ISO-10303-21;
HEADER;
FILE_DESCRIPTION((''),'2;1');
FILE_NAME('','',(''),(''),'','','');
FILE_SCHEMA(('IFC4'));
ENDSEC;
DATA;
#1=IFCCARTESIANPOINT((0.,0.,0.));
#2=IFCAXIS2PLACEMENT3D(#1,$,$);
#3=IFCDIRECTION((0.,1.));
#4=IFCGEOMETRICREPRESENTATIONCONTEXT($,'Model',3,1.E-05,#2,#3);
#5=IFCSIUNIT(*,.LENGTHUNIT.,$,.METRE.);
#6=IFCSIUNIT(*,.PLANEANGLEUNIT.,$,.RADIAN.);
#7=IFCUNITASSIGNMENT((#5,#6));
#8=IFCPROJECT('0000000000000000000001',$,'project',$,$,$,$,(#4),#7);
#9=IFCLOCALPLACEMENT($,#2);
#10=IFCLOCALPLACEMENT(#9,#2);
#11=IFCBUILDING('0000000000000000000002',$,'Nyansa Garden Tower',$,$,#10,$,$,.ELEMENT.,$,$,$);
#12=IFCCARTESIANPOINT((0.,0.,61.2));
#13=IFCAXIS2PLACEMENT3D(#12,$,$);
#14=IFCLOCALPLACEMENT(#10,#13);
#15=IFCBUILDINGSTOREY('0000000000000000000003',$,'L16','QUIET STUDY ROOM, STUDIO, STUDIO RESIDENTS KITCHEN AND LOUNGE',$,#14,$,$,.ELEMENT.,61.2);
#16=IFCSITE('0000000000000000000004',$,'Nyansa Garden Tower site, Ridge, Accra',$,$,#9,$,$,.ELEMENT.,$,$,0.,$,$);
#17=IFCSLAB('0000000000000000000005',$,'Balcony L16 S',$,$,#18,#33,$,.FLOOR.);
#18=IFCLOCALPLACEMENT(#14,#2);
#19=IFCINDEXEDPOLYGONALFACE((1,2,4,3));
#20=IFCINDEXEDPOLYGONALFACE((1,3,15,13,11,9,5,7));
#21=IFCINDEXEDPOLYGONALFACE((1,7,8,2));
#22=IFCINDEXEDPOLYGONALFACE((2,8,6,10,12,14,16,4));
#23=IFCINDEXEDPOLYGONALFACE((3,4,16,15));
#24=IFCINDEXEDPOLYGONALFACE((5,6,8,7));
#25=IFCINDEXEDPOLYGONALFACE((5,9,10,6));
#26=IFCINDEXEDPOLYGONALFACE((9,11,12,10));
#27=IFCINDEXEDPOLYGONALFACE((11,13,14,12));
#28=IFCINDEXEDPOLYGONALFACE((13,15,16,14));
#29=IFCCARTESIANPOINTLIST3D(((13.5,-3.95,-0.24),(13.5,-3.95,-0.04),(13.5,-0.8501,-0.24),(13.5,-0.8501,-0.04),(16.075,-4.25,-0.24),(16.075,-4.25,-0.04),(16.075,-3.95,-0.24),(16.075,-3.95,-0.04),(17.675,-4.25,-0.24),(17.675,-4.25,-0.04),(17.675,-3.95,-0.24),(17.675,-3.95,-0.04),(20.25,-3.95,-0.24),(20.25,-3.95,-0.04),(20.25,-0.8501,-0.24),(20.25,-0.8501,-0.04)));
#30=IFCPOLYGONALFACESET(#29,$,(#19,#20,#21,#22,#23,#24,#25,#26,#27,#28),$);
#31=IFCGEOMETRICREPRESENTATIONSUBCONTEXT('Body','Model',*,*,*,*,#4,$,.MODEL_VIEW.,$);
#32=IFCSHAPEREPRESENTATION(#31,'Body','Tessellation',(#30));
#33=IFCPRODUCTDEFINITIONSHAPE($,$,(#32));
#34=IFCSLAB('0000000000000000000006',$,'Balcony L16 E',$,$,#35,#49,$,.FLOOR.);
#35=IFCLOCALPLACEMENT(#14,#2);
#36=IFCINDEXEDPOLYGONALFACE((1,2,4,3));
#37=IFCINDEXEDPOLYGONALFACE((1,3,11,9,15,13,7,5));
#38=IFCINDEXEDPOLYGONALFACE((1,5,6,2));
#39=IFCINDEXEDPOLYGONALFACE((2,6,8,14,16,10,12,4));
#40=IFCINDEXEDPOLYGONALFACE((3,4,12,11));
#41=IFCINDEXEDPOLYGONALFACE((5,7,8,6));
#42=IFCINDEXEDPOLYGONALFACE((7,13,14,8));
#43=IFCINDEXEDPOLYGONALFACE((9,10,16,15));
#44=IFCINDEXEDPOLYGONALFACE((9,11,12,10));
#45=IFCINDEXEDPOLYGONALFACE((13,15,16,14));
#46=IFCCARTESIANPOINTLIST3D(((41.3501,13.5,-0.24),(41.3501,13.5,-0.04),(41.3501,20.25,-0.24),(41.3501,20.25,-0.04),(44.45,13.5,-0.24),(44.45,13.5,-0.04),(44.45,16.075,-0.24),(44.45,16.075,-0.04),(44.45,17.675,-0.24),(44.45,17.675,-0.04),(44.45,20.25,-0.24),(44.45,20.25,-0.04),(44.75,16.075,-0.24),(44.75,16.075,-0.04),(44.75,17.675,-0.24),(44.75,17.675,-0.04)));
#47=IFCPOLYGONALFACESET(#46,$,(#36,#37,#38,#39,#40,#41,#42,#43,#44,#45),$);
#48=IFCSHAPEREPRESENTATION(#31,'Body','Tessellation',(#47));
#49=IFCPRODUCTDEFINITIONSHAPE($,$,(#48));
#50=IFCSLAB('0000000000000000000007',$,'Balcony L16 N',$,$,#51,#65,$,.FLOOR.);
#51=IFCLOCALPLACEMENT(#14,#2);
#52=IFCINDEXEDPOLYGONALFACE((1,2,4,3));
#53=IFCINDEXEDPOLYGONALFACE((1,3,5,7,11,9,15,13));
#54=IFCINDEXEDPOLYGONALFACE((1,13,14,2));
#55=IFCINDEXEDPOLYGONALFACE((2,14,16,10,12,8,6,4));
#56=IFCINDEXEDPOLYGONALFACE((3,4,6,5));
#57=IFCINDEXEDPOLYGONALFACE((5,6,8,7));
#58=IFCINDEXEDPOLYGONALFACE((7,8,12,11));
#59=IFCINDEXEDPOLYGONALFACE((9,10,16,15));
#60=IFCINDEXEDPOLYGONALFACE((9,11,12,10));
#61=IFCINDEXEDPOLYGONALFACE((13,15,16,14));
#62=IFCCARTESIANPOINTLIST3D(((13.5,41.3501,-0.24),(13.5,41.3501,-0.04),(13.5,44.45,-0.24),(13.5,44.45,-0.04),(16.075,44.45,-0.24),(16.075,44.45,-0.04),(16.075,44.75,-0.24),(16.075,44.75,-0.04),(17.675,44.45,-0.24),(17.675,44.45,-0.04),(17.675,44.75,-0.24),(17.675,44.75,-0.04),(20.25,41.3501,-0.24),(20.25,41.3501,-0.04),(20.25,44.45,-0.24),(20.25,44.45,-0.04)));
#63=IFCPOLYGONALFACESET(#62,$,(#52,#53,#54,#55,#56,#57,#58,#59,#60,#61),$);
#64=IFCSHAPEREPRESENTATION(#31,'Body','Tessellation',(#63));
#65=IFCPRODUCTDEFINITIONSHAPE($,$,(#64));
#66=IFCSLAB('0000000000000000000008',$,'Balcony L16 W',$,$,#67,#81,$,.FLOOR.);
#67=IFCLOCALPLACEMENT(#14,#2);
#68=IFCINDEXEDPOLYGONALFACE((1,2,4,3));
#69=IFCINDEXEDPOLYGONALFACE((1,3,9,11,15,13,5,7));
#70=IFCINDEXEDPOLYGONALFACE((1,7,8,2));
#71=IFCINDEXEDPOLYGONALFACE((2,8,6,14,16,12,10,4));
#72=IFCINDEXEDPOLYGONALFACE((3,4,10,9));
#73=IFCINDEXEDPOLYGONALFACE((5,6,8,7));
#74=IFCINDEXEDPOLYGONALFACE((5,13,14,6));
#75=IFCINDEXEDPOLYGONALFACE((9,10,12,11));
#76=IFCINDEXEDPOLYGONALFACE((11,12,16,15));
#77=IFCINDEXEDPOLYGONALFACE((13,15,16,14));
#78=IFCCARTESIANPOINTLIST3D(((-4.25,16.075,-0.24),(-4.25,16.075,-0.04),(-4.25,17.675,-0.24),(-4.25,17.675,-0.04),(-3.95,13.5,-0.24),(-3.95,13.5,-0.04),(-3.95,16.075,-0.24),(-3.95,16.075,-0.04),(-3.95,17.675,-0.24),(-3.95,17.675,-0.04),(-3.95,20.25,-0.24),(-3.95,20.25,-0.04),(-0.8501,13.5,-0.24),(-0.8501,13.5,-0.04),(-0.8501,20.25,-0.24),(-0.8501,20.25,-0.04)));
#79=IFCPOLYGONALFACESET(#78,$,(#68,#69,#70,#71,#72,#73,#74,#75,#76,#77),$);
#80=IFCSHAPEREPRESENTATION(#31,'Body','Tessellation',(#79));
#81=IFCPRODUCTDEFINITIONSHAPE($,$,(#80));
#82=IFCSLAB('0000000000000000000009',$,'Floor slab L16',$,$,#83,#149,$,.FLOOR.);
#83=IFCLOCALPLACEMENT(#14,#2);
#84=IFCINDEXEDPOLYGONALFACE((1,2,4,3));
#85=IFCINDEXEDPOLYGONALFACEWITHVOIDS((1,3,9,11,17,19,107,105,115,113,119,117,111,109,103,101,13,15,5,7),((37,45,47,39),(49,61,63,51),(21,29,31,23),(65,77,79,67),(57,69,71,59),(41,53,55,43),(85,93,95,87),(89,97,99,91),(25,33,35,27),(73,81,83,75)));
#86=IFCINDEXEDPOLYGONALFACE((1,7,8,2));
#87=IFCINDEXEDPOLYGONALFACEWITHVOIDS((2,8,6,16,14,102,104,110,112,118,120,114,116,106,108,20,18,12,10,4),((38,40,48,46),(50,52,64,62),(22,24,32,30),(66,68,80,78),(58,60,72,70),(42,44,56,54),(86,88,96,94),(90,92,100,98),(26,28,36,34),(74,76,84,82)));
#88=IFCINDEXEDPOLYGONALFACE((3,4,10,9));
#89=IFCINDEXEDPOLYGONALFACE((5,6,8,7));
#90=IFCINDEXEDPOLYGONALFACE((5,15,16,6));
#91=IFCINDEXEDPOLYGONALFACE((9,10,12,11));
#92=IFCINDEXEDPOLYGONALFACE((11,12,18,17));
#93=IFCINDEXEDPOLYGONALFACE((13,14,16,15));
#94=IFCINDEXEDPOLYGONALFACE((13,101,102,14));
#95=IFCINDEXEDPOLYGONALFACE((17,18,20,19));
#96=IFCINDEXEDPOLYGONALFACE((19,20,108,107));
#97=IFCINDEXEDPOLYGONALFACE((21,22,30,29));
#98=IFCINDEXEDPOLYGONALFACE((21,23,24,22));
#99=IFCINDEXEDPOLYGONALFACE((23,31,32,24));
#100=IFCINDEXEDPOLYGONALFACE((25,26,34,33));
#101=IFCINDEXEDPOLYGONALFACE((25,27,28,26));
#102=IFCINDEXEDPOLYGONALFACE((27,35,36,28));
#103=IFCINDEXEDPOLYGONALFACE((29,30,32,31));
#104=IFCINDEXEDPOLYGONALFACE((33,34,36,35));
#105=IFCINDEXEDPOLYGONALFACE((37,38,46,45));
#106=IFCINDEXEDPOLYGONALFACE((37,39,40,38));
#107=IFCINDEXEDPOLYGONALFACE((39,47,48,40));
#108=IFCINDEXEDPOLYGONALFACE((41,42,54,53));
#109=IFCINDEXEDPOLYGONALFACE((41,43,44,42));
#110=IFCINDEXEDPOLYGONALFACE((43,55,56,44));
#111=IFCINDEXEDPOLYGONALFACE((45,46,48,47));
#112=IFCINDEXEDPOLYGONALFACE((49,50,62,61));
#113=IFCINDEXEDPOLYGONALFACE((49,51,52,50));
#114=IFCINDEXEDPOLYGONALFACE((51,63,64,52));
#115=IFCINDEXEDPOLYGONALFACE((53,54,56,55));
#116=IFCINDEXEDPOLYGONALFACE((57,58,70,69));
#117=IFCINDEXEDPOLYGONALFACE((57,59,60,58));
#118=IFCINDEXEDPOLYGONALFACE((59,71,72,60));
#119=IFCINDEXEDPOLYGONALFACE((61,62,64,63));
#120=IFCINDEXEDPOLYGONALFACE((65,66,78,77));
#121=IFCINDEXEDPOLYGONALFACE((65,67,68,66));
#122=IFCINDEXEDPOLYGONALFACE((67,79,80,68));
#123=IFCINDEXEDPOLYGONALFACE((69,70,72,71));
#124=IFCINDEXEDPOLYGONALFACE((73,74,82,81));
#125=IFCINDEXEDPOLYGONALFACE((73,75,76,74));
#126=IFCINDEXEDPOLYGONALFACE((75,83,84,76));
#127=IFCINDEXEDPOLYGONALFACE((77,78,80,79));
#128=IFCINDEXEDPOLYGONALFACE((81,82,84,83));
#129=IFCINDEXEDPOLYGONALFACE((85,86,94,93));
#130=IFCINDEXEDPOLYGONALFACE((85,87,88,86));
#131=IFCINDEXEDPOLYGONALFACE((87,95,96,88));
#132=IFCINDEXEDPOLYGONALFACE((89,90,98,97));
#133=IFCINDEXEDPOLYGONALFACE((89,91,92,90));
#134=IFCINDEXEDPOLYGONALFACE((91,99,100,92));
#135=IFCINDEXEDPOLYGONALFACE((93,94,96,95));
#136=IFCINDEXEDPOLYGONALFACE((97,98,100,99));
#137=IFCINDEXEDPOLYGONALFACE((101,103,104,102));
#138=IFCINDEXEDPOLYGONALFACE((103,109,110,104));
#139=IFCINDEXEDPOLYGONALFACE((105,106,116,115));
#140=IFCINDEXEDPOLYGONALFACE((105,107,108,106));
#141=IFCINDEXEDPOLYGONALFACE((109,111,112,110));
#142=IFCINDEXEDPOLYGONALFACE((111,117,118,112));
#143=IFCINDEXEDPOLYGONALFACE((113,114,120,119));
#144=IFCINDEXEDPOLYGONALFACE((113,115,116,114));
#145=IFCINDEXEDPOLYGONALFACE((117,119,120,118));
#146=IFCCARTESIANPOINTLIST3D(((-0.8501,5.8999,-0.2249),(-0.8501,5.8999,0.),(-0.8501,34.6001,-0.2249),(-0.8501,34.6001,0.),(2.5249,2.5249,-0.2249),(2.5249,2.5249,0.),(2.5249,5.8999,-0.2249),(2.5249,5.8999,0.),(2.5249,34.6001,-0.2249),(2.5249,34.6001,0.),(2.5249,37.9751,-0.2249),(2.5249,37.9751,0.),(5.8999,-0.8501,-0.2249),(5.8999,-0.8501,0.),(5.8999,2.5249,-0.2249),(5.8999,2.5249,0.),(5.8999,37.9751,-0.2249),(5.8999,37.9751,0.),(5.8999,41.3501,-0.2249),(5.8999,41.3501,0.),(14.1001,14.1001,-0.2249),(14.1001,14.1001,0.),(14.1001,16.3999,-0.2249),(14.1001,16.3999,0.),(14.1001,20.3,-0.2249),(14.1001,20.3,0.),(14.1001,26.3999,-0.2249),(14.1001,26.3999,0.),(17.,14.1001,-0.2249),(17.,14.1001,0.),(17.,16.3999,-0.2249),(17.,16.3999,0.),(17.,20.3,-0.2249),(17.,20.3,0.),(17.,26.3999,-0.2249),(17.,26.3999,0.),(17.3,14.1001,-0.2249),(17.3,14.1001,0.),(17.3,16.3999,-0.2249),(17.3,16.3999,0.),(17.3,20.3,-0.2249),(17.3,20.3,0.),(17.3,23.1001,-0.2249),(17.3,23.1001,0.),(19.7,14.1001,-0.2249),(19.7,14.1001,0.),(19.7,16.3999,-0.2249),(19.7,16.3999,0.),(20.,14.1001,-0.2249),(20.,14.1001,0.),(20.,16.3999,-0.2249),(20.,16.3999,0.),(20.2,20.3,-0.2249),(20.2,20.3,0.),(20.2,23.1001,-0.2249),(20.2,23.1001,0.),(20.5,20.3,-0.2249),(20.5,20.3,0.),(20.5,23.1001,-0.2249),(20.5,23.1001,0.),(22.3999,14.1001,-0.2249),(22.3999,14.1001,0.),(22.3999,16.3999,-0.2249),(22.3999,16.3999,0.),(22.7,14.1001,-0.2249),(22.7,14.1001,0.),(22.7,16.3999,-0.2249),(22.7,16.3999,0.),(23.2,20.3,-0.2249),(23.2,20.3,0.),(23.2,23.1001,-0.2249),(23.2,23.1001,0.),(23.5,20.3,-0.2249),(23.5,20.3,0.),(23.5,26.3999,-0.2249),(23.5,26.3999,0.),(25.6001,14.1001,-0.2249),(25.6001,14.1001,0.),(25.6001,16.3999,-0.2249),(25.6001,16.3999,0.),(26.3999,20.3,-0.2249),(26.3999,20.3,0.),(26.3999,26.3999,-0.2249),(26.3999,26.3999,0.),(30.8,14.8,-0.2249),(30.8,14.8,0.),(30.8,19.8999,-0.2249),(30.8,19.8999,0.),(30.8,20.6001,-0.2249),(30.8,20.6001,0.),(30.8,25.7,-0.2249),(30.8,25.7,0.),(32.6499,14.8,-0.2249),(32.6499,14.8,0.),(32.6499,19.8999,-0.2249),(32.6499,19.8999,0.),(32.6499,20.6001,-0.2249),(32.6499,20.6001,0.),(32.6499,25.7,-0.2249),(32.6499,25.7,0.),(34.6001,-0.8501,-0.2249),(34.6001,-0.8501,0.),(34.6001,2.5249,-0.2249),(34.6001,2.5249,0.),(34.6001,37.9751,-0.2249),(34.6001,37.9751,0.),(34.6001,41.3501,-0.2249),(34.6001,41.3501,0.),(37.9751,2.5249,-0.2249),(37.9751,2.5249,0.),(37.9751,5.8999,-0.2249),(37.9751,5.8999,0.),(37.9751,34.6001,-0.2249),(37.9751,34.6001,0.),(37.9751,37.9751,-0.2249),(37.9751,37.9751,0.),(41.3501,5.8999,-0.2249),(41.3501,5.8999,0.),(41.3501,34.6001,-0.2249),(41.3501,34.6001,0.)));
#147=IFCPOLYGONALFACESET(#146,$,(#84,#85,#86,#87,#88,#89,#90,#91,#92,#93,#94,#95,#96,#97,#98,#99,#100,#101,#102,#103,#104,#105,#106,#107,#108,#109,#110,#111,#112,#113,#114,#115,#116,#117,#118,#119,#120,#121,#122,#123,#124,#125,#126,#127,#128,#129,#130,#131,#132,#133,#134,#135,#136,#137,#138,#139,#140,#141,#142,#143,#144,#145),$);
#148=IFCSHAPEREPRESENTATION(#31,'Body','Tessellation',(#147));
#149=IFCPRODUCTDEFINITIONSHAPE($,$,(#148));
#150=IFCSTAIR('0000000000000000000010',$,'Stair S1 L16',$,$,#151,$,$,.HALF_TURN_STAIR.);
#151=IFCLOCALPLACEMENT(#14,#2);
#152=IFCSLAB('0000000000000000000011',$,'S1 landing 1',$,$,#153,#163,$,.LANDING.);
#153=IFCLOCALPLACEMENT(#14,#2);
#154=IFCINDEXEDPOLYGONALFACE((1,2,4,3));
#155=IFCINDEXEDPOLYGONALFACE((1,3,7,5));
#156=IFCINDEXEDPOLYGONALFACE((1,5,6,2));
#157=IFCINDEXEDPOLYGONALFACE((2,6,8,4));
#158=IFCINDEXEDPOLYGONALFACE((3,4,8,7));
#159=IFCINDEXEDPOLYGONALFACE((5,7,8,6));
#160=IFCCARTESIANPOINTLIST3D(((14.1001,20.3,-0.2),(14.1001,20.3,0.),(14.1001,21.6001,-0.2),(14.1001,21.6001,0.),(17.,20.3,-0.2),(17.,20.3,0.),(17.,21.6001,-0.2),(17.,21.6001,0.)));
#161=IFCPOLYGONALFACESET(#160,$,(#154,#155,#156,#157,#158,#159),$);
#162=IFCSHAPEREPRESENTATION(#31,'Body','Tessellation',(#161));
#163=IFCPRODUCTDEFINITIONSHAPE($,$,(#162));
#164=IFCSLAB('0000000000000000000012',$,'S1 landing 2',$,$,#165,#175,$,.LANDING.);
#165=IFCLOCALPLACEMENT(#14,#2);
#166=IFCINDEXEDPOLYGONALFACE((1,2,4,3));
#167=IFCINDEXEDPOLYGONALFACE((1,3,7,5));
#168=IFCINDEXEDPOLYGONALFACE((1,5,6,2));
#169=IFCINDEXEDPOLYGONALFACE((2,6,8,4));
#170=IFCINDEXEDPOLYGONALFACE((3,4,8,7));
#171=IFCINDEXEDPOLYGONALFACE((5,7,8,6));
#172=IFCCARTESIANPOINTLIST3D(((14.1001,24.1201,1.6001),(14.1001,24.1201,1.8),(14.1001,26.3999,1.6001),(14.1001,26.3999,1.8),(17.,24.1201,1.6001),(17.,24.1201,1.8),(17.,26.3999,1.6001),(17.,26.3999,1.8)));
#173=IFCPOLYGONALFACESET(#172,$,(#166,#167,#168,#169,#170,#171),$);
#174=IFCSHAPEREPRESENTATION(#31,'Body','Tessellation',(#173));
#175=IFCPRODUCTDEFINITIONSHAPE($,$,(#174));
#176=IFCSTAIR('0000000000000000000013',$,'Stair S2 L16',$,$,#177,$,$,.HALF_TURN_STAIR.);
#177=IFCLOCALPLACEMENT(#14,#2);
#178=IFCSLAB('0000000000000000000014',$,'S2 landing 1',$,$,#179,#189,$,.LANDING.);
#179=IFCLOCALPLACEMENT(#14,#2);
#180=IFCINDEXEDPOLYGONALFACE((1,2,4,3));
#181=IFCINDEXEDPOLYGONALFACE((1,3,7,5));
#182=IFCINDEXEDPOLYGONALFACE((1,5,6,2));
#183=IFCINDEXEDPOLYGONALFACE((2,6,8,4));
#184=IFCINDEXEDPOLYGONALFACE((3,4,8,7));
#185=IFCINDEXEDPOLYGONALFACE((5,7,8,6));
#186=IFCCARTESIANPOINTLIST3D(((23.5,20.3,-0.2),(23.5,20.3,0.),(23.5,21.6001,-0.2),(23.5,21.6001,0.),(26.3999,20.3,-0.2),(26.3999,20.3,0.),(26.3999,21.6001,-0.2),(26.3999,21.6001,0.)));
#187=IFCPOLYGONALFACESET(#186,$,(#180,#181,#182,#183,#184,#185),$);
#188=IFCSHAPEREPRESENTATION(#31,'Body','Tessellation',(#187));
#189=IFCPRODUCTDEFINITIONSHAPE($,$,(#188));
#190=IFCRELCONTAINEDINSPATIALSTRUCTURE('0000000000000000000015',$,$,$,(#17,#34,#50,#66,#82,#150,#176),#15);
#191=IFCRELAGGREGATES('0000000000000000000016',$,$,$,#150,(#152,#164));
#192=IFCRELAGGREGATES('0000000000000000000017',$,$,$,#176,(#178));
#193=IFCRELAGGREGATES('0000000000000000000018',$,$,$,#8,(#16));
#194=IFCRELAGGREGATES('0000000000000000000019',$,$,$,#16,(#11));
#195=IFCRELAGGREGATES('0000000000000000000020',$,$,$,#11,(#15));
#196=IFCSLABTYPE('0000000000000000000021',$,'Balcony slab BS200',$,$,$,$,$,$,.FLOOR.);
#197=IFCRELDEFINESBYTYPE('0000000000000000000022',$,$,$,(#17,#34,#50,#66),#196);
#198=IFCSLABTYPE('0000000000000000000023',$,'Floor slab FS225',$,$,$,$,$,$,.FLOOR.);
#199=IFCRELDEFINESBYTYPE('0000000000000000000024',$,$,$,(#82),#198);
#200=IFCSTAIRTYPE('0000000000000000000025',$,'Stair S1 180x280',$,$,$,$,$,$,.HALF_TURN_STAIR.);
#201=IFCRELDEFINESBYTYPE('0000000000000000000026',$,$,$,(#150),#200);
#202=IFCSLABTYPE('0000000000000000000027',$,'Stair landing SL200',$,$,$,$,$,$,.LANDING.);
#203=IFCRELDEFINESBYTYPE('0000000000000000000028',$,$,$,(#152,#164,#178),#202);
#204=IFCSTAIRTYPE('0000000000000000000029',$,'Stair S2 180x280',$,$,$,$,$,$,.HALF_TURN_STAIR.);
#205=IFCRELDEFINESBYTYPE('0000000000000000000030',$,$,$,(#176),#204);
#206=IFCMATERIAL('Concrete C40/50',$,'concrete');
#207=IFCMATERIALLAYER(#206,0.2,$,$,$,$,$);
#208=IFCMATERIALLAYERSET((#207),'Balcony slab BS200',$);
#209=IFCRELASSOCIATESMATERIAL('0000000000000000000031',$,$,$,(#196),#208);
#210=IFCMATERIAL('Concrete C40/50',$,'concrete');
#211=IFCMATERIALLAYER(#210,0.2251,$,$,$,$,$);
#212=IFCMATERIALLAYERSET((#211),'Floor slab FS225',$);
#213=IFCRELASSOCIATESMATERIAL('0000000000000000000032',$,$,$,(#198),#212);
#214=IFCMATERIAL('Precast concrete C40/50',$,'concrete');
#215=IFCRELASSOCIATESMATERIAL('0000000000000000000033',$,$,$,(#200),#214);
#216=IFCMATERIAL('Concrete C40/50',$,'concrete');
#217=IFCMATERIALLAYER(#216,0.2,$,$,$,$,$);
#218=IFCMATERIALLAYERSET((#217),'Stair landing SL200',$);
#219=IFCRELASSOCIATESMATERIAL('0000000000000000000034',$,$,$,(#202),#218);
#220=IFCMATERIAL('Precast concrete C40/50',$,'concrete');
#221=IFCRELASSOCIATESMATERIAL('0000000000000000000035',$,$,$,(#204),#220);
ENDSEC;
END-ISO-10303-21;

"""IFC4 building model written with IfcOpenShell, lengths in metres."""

from ifc_helpers import new_model, si_unit, direction, frame, origin, place, context, subcontext, project, spatial, polyline, outline, extrude, material, layer, layer_set, type_object, element, aggregate, save


model = new_model("IFC4")

# Units and contexts
model_context = context("Model", 3, precision=1e-05, world=origin(), true_north=direction((0.0, 1.0)))
body_context = subcontext(model_context, "Body", "Model", "MODEL_VIEW")
ifc_project = project(units=[si_unit("LENGTHUNIT", "METRE"), si_unit("PLANEANGLEUNIT", "RADIAN")], contexts=[model_context])

# Site, building, storey
site_placement = place(None, origin())
site = spatial("IfcSite", under=ifc_project, at=site_placement, Name="Nyansa Garden Tower site, Ridge, Accra", CompositionType="ELEMENT", RefElevation=0.0)
building_placement = place(site_placement, origin())
building = spatial("IfcBuilding", under=site, at=building_placement, Name="Nyansa Garden Tower", CompositionType="ELEMENT")
storey_placement = place(building_placement, frame((0.0, 0.0, 61.2)))
storey = spatial("IfcBuildingStorey", under=building, at=storey_placement, Name="L16", Description="QUIET STUDY ROOM, STUDIO, STUDIO RESIDENTS KITCHEN AND LOUNGE", CompositionType="ELEMENT", Elevation=61.2)

# Slabs
ifc_material_1 = material(Name="Concrete C40/50", Category="concrete")
ifc_layer_1 = layer(ifc_material_1, 0.2)
ifc_layer_set_1 = layer_set([ifc_layer_1], Name="Balcony slab BS200")
slab_type_1 = type_object("IfcSlabType", Name="Balcony slab BS200", PredefinedType="FLOOR", material=ifc_layer_set_1)
slab_1_placement = place(storey_placement, frame((0.0, 0.0, -0.24)))
element("IfcSlab", 1, at=slab_1_placement, inside=storey, type_object=slab_type_1, Name="Balcony L16 S", PredefinedType="FLOOR", context=body_context, shape_type="SweptSolid", body=[
    extrude(outline(polyline([(13.5, -0.8501), (20.25, -0.8501), (20.25, -3.95), (17.675, -3.95), (17.675, -4.25), (16.075, -4.25), (16.075, -3.95), (13.5, -3.95), (13.5, -0.8501)])), origin(), (0.0, 0.0, 1.0), 0.2),
])
slab_2_placement = place(storey_placement, frame((0.0, 0.0, -0.24)))
element("IfcSlab", 2, at=slab_2_placement, inside=storey, type_object=slab_type_1, Name="Balcony L16 E", PredefinedType="FLOOR", context=body_context, shape_type="SweptSolid", body=[
    extrude(outline(polyline([(41.3501, 13.5), (41.3501, 20.25), (44.45, 20.25), (44.45, 17.675), (44.75, 17.675), (44.75, 16.075), (44.45, 16.075), (44.45, 13.5), (41.3501, 13.5)])), origin(), (0.0, 0.0, 1.0), 0.2),
])
slab_3_placement = place(storey_placement, frame((0.0, 0.0, -0.24)))
element("IfcSlab", 3, at=slab_3_placement, inside=storey, type_object=slab_type_1, Name="Balcony L16 N", PredefinedType="FLOOR", context=body_context, shape_type="SweptSolid", body=[
    extrude(outline(polyline([(13.5, 41.3501), (20.25, 41.3501), (20.25, 44.45), (17.675, 44.45), (17.675, 44.75), (16.075, 44.75), (16.075, 44.45), (13.5, 44.45), (13.5, 41.3501)])), origin(), (0.0, 0.0, 1.0), 0.2),
])
slab_4_placement = place(storey_placement, frame((0.0, 0.0, -0.24)))
element("IfcSlab", 4, at=slab_4_placement, inside=storey, type_object=slab_type_1, Name="Balcony L16 W", PredefinedType="FLOOR", context=body_context, shape_type="SweptSolid", body=[
    extrude(outline(polyline([(-0.8501, 13.5), (-0.8501, 20.25), (-3.95, 20.25), (-3.95, 17.675), (-4.25, 17.675), (-4.25, 16.075), (-3.95, 16.075), (-3.95, 13.5), (-0.8501, 13.5)])), origin(), (0.0, 0.0, 1.0), 0.2),
])
ifc_material_2 = material(Name="Concrete C40/50", Category="concrete")
ifc_layer_2 = layer(ifc_material_2, 0.2251)
ifc_layer_set_2 = layer_set([ifc_layer_2], Name="Floor slab FS225")
slab_type_2 = type_object("IfcSlabType", Name="Floor slab FS225", PredefinedType="FLOOR", material=ifc_layer_set_2)
slab_5_placement = place(storey_placement, frame((0.0, 0.0, -0.2249)))
element("IfcSlab", 5, at=slab_5_placement, inside=storey, type_object=slab_type_2, Name="Floor slab L16", PredefinedType="FLOOR", context=body_context, shape_type="SweptSolid", body=[
    extrude(outline(polyline([(41.3501, 5.8999), (37.9751, 5.8999), (37.9751, 2.5249), (34.6001, 2.5249), (34.6001, -0.8501), (5.8999, -0.8501), (5.8999, 2.5249), (2.5249, 2.5249), (2.5249, 5.8999), (-0.8501, 5.8999), (-0.8501, 34.6001), (2.5249, 34.6001), (2.5249, 37.9751), (5.8999, 37.9751), (5.8999, 41.3501), (34.6001, 41.3501), (34.6001, 37.9751), (37.9751, 37.9751), (37.9751, 34.6001), (41.3501, 34.6001), (41.3501, 5.8999)]), holes=[polyline([(14.1001, 14.1001), (17.0, 14.1001), (17.0, 16.3999), (14.1001, 16.3999), (14.1001, 14.1001)]), polyline([(17.3, 14.1001), (19.7, 14.1001), (19.7, 16.3999), (17.3, 16.3999), (17.3, 14.1001)]), polyline([(20.0, 14.1001), (22.3999, 14.1001), (22.3999, 16.3999), (20.0, 16.3999), (20.0, 14.1001)]), polyline([(22.7, 14.1001), (25.6001, 14.1001), (25.6001, 16.3999), (22.7, 16.3999), (22.7, 14.1001)]), polyline([(17.3, 20.3), (20.2, 20.3), (20.2, 23.1001), (17.3, 23.1001), (17.3, 20.3)]), polyline([(20.5, 20.3), (23.2, 20.3), (23.2, 23.1001), (20.5, 23.1001), (20.5, 20.3)]), polyline([(30.8, 14.8), (32.6499, 14.8), (32.6499, 19.8999), (30.8, 19.8999), (30.8, 14.8)]), polyline([(30.8, 20.6001), (32.6499, 20.6001), (32.6499, 25.7), (30.8, 25.7), (30.8, 20.6001)]), polyline([(14.1001, 20.3), (17.0, 20.3), (17.0, 26.3999), (14.1001, 26.3999), (14.1001, 20.3)]), polyline([(23.5, 20.3), (26.3999, 20.3), (26.3999, 26.3999), (23.5, 26.3999), (23.5, 20.3)])]), origin(), (0.0, 0.0, 1.0), 0.2249),
])

# Stair, slabs
ifc_material_3 = material(Name="Precast concrete C40/50", Category="concrete")
stair_type_1 = type_object("IfcStairType", Name="Stair S1 180x280", PredefinedType="HALF_TURN_STAIR", material=ifc_material_3)
stair_1_placement = place(storey_placement, origin())
stair_1 = element("IfcStair", 6, at=stair_1_placement, inside=storey, type_object=stair_type_1, Name="Stair S1 L16", PredefinedType="HALF_TURN_STAIR")
ifc_material_4 = material(Name="Concrete C40/50", Category="concrete")
ifc_layer_3 = layer(ifc_material_4, 0.2)
ifc_layer_set_3 = layer_set([ifc_layer_3], Name="Stair landing SL200")
slab_type_3 = type_object("IfcSlabType", Name="Stair landing SL200", PredefinedType="LANDING", material=ifc_layer_set_3)
slab_6_placement = place(storey_placement, frame((0.0, 0.0, -0.2)))
slab_6 = element("IfcSlab", 7, at=slab_6_placement, type_object=slab_type_3, Name="S1 landing 1", PredefinedType="LANDING", context=body_context, shape_type="SweptSolid", body=[
    extrude(outline(polyline([(14.1001, 20.3), (17.0, 20.3), (17.0, 21.6001), (14.1001, 21.6001), (14.1001, 20.3)])), origin(), (0.0, 0.0, 1.0), 0.2),
])
slab_7_placement = place(storey_placement, frame((0.0, 0.0, 1.6001)))
slab_7 = element("IfcSlab", 8, at=slab_7_placement, type_object=slab_type_3, Name="S1 landing 2", PredefinedType="LANDING", context=body_context, shape_type="SweptSolid", body=[
    extrude(outline(polyline([(14.1001, 24.1201), (17.0, 24.1201), (17.0, 26.3999), (14.1001, 26.3999), (14.1001, 24.1201)])), origin(), (0.0, 0.0, 1.0), 0.2),
])
aggregate(stair_1, [slab_6, slab_7])

# Stair, slab
ifc_material_5 = material(Name="Precast concrete C40/50", Category="concrete")
stair_type_2 = type_object("IfcStairType", Name="Stair S2 180x280", PredefinedType="HALF_TURN_STAIR", material=ifc_material_5)
stair_2_placement = place(storey_placement, origin())
stair_2 = element("IfcStair", 9, at=stair_2_placement, inside=storey, type_object=stair_type_2, Name="Stair S2 L16", PredefinedType="HALF_TURN_STAIR")
slab_8_placement = place(storey_placement, frame((0.0, 0.0, -0.2)))
slab_8 = element("IfcSlab", 10, at=slab_8_placement, type_object=slab_type_3, Name="S2 landing 1", PredefinedType="LANDING", context=body_context, shape_type="SweptSolid", body=[
    extrude(outline(polyline([(23.5, 20.3), (26.3999, 20.3), (26.3999, 21.6001), (23.5, 21.6001), (23.5, 20.3)])), origin(), (0.0, 0.0, 1.0), 0.2),
])
aggregate(stair_2, [slab_8])

save(model, "model.ifc")
